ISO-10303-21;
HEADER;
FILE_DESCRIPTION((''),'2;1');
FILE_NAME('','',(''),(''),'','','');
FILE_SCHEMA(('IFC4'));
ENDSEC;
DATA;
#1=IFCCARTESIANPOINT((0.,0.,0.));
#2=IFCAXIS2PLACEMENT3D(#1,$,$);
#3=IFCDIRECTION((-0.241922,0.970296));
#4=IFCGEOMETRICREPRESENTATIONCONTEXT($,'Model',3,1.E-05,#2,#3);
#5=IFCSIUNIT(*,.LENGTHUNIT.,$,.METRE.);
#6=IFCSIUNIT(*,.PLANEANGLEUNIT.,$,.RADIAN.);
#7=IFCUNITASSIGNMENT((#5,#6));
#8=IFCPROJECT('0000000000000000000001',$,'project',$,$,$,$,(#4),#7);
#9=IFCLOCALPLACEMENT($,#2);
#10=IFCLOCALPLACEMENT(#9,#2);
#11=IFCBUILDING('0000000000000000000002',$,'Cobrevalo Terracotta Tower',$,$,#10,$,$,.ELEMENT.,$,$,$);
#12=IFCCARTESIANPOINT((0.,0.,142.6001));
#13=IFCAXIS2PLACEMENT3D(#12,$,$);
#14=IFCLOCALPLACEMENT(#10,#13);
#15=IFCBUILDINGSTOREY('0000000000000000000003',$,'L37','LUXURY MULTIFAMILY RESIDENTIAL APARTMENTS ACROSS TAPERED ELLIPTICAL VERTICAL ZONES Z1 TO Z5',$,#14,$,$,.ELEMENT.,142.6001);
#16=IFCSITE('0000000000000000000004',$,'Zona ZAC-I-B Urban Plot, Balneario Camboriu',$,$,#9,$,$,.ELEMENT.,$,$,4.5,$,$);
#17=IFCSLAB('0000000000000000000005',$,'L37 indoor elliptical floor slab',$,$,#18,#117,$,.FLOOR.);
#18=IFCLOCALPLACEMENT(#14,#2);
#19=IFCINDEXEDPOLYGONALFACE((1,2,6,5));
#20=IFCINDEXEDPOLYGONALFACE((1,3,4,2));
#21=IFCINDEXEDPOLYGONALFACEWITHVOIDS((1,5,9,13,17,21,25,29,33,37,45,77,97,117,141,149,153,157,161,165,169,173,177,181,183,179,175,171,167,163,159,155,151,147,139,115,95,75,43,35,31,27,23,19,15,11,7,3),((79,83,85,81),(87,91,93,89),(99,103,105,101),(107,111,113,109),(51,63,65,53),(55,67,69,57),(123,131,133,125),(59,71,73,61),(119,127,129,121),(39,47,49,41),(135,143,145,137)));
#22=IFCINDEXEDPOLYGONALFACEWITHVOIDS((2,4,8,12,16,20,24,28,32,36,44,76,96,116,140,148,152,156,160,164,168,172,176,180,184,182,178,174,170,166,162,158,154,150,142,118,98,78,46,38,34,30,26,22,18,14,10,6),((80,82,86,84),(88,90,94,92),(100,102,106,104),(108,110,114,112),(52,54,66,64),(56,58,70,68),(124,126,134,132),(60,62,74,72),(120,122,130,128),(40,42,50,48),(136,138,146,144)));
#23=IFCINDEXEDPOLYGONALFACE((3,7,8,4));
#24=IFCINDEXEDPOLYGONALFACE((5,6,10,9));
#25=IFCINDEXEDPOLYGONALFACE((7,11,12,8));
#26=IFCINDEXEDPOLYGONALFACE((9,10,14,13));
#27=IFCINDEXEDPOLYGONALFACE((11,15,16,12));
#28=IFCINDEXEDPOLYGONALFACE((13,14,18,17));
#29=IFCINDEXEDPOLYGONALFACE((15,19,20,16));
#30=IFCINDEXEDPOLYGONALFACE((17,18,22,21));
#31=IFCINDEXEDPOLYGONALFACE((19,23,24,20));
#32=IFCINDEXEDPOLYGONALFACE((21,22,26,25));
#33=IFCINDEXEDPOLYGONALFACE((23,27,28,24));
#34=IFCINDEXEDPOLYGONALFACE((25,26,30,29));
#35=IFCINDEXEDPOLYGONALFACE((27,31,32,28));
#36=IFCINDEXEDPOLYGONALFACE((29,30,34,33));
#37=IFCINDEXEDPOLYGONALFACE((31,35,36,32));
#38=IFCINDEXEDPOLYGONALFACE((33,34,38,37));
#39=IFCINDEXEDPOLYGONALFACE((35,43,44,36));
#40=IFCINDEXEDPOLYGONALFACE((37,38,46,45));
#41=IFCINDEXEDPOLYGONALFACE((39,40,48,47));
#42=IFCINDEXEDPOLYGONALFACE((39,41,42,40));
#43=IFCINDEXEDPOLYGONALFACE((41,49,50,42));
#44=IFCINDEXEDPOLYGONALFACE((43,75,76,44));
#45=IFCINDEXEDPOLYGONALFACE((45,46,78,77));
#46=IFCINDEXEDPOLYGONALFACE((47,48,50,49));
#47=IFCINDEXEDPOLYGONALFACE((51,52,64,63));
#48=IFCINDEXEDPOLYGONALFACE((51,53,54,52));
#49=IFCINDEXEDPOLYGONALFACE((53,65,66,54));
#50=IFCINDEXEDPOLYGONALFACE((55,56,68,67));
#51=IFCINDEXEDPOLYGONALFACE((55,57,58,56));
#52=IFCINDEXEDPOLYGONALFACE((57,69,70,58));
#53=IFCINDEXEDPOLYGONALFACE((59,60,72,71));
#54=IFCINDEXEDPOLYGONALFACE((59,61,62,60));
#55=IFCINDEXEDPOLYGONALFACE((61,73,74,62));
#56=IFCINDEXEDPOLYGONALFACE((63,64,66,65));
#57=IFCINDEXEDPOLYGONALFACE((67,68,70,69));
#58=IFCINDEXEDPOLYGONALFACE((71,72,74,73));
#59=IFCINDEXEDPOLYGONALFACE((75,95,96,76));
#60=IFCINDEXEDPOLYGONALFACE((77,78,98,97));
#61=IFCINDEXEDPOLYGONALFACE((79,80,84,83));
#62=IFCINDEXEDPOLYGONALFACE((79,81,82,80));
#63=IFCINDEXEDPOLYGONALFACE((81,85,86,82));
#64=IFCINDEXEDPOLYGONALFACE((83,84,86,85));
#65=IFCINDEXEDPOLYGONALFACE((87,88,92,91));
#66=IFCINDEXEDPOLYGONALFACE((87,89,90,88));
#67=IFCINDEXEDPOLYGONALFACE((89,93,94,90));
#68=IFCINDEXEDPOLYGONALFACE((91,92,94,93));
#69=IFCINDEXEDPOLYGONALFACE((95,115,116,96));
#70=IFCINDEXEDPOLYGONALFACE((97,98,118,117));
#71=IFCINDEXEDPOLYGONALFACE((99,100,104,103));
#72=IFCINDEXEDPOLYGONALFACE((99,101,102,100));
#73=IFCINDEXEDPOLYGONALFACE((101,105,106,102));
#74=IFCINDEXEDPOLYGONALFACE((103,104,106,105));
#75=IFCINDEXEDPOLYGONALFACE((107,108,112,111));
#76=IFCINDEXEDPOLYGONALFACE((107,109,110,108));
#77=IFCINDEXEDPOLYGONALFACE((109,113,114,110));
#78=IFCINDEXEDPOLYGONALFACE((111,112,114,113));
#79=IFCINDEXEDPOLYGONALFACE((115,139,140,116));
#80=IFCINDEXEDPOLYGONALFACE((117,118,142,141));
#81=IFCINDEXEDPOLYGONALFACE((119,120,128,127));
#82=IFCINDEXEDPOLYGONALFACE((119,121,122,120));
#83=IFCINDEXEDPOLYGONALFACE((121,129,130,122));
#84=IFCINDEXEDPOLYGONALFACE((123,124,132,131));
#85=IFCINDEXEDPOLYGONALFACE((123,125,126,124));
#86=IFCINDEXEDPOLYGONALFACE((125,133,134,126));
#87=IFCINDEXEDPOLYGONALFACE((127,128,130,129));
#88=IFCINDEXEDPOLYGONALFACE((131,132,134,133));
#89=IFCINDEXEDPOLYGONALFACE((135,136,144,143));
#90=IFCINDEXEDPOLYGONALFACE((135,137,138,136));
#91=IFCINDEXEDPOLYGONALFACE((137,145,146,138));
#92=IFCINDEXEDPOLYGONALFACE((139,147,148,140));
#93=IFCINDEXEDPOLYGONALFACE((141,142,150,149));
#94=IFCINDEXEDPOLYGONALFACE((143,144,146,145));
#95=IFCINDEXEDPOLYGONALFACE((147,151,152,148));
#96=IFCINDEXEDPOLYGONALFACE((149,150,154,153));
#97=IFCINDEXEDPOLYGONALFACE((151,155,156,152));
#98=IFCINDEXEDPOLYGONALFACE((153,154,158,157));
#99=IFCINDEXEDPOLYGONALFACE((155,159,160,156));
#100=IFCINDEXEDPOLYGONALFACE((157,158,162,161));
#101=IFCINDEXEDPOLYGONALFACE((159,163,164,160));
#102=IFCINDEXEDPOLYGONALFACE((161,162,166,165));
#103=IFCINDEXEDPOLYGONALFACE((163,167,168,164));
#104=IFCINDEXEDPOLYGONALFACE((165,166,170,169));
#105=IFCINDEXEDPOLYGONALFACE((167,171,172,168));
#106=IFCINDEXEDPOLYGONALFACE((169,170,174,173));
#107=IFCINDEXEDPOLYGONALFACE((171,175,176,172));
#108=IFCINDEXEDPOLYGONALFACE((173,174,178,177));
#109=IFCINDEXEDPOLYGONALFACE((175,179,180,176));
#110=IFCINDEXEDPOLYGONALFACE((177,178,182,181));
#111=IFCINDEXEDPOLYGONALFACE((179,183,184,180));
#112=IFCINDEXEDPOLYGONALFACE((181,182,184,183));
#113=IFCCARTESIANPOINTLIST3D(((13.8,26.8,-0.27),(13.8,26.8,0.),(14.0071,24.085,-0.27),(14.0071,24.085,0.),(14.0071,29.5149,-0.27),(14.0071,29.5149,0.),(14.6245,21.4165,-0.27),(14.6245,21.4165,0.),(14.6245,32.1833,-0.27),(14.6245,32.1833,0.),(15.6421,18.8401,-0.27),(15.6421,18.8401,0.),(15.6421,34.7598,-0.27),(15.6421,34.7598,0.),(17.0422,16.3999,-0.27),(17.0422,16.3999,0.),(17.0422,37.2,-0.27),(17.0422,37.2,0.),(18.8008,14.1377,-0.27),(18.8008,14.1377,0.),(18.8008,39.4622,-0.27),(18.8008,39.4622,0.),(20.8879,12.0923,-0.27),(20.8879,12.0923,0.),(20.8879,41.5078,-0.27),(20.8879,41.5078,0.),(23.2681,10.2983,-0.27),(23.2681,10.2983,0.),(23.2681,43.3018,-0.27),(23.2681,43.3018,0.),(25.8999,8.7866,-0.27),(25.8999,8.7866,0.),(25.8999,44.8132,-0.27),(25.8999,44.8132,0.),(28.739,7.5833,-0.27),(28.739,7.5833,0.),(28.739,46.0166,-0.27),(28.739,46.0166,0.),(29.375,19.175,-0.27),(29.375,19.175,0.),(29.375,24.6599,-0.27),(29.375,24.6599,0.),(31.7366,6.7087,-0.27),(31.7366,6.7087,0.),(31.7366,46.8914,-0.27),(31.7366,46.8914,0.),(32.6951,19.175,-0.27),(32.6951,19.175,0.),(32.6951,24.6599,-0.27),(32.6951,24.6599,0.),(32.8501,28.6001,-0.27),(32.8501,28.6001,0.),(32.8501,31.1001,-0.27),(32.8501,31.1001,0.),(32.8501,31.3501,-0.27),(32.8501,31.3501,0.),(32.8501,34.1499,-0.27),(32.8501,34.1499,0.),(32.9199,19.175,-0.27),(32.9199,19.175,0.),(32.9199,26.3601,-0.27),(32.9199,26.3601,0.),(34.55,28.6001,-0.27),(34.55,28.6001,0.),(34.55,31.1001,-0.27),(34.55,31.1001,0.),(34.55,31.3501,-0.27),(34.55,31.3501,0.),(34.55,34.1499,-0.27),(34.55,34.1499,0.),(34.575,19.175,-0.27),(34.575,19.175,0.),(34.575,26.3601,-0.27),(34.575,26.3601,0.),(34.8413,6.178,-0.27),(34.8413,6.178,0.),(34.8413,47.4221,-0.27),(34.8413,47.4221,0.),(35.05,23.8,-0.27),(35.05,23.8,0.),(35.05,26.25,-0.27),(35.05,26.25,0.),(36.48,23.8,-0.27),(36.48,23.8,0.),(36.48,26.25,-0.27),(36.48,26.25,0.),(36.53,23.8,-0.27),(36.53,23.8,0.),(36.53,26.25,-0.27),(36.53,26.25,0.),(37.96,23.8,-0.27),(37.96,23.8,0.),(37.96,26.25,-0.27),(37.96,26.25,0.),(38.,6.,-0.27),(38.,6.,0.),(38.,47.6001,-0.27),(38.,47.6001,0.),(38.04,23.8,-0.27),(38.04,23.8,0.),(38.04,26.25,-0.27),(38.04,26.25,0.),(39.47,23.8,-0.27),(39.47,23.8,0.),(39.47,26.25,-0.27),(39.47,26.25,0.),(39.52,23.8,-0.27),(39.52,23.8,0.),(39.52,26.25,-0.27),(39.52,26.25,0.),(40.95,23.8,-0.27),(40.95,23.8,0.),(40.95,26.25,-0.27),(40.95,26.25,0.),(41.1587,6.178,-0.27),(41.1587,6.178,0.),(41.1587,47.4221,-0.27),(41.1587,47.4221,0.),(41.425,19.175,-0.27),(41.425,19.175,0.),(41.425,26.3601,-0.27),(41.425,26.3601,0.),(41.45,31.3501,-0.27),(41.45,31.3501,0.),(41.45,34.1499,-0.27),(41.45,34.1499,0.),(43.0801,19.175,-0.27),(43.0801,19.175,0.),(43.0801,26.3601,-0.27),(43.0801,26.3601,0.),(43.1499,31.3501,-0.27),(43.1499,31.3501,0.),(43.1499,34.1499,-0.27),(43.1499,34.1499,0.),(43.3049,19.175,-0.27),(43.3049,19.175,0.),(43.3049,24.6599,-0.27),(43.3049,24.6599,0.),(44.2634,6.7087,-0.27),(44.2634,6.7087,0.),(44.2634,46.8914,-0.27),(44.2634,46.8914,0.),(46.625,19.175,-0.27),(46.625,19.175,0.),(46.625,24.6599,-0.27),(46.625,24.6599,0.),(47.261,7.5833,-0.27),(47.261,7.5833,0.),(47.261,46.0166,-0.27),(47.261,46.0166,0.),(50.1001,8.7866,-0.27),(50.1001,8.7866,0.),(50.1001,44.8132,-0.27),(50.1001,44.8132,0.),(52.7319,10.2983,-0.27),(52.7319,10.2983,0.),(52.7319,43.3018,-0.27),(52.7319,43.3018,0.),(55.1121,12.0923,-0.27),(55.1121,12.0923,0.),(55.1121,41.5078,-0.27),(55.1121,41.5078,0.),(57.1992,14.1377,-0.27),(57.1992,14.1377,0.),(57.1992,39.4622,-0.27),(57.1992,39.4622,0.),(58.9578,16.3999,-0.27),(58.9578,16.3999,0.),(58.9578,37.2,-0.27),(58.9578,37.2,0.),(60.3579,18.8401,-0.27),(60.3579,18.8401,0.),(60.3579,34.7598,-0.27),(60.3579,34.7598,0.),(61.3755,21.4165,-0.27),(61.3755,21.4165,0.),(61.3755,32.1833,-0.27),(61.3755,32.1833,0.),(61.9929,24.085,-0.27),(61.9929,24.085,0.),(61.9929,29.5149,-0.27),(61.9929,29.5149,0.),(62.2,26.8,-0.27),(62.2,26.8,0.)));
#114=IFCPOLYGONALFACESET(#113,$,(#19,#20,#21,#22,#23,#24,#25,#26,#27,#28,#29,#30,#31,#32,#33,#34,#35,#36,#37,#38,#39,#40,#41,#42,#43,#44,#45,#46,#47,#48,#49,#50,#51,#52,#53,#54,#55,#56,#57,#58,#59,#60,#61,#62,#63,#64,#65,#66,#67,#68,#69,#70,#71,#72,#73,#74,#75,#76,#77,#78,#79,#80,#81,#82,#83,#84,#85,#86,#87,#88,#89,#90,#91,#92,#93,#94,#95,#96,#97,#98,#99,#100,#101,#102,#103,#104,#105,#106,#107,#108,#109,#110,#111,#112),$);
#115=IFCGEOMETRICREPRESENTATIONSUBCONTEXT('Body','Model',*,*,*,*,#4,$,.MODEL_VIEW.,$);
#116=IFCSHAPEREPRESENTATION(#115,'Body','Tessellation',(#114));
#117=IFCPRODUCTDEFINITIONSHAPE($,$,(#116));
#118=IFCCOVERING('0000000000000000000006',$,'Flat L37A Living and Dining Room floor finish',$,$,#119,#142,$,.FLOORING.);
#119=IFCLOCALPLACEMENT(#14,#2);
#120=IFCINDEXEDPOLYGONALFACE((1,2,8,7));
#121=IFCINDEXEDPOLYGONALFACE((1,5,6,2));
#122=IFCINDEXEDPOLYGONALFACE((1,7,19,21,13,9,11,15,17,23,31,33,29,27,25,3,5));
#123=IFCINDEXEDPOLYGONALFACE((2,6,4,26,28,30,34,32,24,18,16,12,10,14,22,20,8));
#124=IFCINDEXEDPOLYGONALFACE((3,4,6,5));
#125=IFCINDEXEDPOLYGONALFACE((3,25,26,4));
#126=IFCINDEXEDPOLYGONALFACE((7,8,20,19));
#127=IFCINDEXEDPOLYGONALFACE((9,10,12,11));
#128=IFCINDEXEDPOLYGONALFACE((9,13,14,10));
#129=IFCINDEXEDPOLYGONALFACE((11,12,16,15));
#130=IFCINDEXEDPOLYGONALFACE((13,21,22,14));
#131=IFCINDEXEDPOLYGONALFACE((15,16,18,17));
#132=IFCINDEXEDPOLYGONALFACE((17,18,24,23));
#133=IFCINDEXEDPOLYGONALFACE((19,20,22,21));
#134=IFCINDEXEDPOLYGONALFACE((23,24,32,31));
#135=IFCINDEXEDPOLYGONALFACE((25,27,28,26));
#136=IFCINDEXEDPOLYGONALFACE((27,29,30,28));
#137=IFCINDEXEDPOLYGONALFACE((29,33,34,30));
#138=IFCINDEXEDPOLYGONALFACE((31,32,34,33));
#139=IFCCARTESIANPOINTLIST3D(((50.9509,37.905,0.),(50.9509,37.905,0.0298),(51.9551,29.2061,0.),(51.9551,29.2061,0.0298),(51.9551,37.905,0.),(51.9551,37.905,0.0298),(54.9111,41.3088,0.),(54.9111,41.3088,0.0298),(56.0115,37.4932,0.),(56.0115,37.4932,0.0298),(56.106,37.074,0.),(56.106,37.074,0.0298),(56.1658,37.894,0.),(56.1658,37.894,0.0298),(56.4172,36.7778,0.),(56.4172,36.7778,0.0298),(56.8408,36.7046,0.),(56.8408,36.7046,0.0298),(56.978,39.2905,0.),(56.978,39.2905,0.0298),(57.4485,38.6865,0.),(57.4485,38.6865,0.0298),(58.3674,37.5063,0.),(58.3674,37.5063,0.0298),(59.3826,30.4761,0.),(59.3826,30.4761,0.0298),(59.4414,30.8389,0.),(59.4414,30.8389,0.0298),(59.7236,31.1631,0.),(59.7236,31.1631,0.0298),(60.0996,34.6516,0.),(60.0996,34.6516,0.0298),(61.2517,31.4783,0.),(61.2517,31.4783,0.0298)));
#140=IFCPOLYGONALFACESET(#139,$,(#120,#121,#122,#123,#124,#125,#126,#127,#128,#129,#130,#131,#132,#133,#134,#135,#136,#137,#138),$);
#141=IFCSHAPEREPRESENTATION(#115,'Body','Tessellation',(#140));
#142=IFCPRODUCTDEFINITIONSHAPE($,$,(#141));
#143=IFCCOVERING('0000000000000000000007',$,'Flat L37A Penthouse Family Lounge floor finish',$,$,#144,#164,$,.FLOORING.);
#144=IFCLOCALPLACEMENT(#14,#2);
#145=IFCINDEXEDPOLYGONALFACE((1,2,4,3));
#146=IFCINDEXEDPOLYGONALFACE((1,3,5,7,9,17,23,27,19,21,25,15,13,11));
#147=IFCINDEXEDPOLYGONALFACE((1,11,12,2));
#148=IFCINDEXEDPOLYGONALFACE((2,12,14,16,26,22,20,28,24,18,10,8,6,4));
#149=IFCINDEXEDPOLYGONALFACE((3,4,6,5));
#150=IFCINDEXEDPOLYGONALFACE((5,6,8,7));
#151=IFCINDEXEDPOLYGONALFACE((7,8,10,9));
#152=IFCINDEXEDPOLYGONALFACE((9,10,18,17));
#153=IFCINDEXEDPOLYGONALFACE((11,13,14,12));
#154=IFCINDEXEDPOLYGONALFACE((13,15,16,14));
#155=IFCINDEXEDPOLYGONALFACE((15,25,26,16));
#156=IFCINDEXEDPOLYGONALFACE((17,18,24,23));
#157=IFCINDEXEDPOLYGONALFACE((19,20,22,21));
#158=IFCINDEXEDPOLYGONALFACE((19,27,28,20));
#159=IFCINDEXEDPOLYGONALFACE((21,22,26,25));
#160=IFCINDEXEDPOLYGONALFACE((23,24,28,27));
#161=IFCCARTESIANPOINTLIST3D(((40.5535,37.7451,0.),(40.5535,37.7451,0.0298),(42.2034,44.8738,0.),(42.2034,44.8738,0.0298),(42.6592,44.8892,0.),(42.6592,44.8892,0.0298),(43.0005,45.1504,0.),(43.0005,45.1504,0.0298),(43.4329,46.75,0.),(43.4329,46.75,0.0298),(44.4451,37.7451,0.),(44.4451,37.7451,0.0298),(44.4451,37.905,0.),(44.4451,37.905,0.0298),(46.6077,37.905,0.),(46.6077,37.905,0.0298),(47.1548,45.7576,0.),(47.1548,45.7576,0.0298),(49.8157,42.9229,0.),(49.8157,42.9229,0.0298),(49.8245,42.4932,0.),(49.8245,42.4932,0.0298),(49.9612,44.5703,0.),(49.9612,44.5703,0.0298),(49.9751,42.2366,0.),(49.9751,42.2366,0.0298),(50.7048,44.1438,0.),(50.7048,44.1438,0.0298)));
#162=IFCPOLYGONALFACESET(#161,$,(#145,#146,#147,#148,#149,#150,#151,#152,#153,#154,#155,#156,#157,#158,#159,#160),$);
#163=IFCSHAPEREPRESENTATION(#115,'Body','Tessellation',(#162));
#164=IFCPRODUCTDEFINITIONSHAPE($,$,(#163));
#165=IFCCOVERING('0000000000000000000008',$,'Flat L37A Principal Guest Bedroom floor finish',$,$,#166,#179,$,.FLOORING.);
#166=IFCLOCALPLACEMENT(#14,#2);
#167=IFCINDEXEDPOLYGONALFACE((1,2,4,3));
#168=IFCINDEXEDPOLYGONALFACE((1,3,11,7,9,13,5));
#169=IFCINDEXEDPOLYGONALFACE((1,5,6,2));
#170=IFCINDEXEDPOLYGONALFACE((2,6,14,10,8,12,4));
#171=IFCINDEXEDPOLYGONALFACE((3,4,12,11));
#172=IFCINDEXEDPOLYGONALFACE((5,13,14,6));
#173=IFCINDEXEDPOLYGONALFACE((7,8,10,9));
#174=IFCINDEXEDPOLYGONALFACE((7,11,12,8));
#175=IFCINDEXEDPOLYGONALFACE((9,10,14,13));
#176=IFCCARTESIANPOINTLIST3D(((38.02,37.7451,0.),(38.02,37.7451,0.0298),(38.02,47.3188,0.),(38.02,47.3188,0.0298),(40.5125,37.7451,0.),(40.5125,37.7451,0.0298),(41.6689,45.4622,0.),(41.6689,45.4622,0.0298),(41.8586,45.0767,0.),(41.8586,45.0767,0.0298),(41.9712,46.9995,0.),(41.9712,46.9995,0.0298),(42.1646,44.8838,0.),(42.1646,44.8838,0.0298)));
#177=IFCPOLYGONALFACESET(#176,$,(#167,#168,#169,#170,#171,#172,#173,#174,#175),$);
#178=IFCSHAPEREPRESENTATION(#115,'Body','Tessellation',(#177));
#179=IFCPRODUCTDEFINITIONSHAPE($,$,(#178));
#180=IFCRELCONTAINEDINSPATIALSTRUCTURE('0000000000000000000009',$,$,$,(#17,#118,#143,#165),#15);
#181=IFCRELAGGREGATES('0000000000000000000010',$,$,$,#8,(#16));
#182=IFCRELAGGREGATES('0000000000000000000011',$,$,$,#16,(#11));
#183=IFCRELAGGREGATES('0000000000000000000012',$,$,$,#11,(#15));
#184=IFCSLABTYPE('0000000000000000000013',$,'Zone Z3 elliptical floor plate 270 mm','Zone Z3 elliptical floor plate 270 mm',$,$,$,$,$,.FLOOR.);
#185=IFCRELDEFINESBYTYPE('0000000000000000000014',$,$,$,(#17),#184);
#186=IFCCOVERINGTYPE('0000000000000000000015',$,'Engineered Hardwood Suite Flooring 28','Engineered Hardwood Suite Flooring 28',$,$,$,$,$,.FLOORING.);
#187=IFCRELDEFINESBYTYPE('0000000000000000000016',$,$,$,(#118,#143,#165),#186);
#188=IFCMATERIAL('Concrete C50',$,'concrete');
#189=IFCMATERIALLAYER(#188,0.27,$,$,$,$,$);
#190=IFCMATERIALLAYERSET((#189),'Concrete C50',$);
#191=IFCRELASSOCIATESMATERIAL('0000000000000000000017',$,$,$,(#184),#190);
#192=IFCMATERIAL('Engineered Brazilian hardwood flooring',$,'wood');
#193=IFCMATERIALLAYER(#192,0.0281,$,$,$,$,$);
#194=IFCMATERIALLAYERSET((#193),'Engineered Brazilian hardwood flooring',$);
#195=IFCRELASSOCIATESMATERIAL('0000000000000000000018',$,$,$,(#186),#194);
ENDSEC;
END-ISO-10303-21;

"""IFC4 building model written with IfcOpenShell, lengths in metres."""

from ifc_helpers import new_model, si_unit, direction, frame, origin, place, context, subcontext, project, spatial, polyline, outline, extrude, material, layer, layer_set, type_object, element, save


model = new_model("IFC4")

# Units and contexts
model_context = context("Model", 3, precision=1e-05, world=origin(), true_north=direction((-0.241922, 0.970296)))
body_context = subcontext(model_context, "Body", "Model", "MODEL_VIEW")
ifc_project = project(units=[si_unit("LENGTHUNIT", "METRE"), si_unit("PLANEANGLEUNIT", "RADIAN")], contexts=[model_context])

# Site, building, storey
site_placement = place(None, origin())
site = spatial("IfcSite", under=ifc_project, at=site_placement, Name="Zona ZAC-I-B Urban Plot, Balneario Camboriu", CompositionType="ELEMENT", RefElevation=4.5)
building_placement = place(site_placement, origin())
building = spatial("IfcBuilding", under=site, at=building_placement, Name="Cobrevalo Terracotta Tower", CompositionType="ELEMENT")
storey_placement = place(building_placement, frame((0.0, 0.0, 142.6001)))
storey = spatial("IfcBuildingStorey", under=building, at=storey_placement, Name="L37", Description="LUXURY MULTIFAMILY RESIDENTIAL APARTMENTS ACROSS TAPERED ELLIPTICAL VERTICAL ZONES Z1 TO Z5", CompositionType="ELEMENT", Elevation=142.6001)

# Shared definitions
ifc_material_1 = material(Name="Concrete C50", Category="concrete")

# Slab
ifc_layer_1 = layer(ifc_material_1, 0.27)
ifc_layer_set_1 = layer_set([ifc_layer_1], Name="Concrete C50")
slab_type_1 = type_object("IfcSlabType", Name="Zone Z3 elliptical floor plate 270 mm", Description="Zone Z3 elliptical floor plate 270 mm", PredefinedType="FLOOR", material=ifc_layer_set_1)
slab_1_placement = place(storey_placement, frame((0.0, 0.0, -0.27)))
element("IfcSlab", 1, at=slab_1_placement, inside=storey, type_object=slab_type_1, Name="L37 indoor elliptical floor slab", PredefinedType="FLOOR", context=body_context, shape_type="SweptSolid", body=[
    extrude(outline(polyline([(61.9929, 24.085), (61.3755, 21.4165), (60.3579, 18.8401), (58.9578, 16.3999), (57.1992, 14.1377), (55.1121, 12.0923), (52.7319, 10.2983), (50.1001, 8.7866), (47.261, 7.5833), (44.2634, 6.7087), (41.1587, 6.178), (38.0, 6.0), (34.8413, 6.178), (31.7366, 6.7087), (28.739, 7.5833), (25.8999, 8.7866), (23.2681, 10.2983), (20.8879, 12.0923), (18.8008, 14.1377), (17.0422, 16.3999), (15.6421, 18.8401), (14.6245, 21.4165), (14.0071, 24.085), (13.8, 26.8), (14.0071, 29.5149), (14.6245, 32.1833), (15.6421, 34.7598), (17.0422, 37.2), (18.8008, 39.4622), (20.8879, 41.5078), (23.2681, 43.3018), (25.8999, 44.8132), (28.739, 46.0166), (31.7366, 46.8914), (34.8413, 47.4221), (38.0, 47.6001), (41.1587, 47.4221), (44.2634, 46.8914), (47.261, 46.0166), (50.1001, 44.8132), (52.7319, 43.3018), (55.1121, 41.5078), (57.1992, 39.4622), (58.9578, 37.2), (60.3579, 34.7598), (61.3755, 32.1833), (61.9929, 29.5149), (62.2, 26.8), (61.9929, 24.085)]), holes=[polyline([(32.6951, 19.175), (32.6951, 24.6599), (29.375, 24.6599), (29.375, 19.175), (32.6951, 19.175)]), polyline([(34.575, 26.3601), (32.9199, 26.3601), (32.9199, 19.175), (34.575, 19.175), (34.575, 26.3601)]), polyline([(36.48, 26.25), (35.05, 26.25), (35.05, 23.8), (36.48, 23.8), (36.48, 26.25)]), polyline([(37.96, 23.8), (37.96, 26.25), (36.53, 26.25), (36.53, 23.8), (37.96, 23.8)]), polyline([(34.55, 28.6001), (34.55, 31.1001), (32.8501, 31.1001), (32.8501, 28.6001), (34.55, 28.6001)]), polyline([(34.55, 34.1499), (32.8501, 34.1499), (32.8501, 31.3501), (34.55, 31.3501), (34.55, 34.1499)]), polyline([(43.3049, 19.175), (46.625, 19.175), (46.625, 24.6599), (43.3049, 24.6599), (43.3049, 19.175)]), polyline([(43.0801, 19.175), (43.0801, 26.3601), (41.425, 26.3601), (41.425, 19.175), (43.0801, 19.175)]), polyline([(39.47, 26.25), (38.04, 26.25), (38.04, 23.8), (39.47, 23.8), (39.47, 26.25)]), polyline([(40.95, 23.8), (40.95, 26.25), (39.52, 26.25), (39.52, 23.8), (40.95, 23.8)]), polyline([(43.1499, 31.3501), (43.1499, 34.1499), (41.45, 34.1499), (41.45, 31.3501), (43.1499, 31.3501)])]), origin(), (0.0, 0.0, 1.0), 0.27),
])

# Coverings
ifc_material_2 = material(Name="Engineered Brazilian hardwood flooring", Category="wood")
ifc_layer_2 = layer(ifc_material_2, 0.0281)
ifc_layer_set_2 = layer_set([ifc_layer_2], Name="Engineered Brazilian hardwood flooring")
covering_type_1 = type_object("IfcCoveringType", Name="Engineered Hardwood Suite Flooring 28", Description="Engineered Hardwood Suite Flooring 28", PredefinedType="FLOORING", material=ifc_layer_set_2)
covering_1_placement = place(storey_placement, origin())
element("IfcCovering", 2, at=covering_1_placement, inside=storey, type_object=covering_type_1, Name="Flat L37A Living and Dining Room floor finish", PredefinedType="FLOORING", context=body_context, shape_type="SweptSolid", body=[
    extrude(outline(polyline([(56.978, 39.2905), (57.4485, 38.6865), (56.1658, 37.894), (56.0115, 37.4932), (56.106, 37.074), (56.4172, 36.7778), (56.8408, 36.7046), (58.3674, 37.5063), (60.0996, 34.6516), (61.2517, 31.4783), (59.7236, 31.1631), (59.4414, 30.8389), (59.3826, 30.4761), (51.9551, 29.2061), (51.9551, 37.905), (50.9509, 37.905), (54.9111, 41.3088), (56.978, 39.2905)])), origin(), (0.0, 0.0, 1.0), 0.0298),
])
covering_2_placement = place(storey_placement, origin())
element("IfcCovering", 3, at=covering_2_placement, inside=storey, type_object=covering_type_1, Name="Flat L37A Penthouse Family Lounge floor finish", PredefinedType="FLOORING", context=body_context, shape_type="SweptSolid", body=[
    extrude(outline(polyline([(49.9612, 44.5703), (50.7048, 44.1438), (49.8157, 42.9229), (49.8245, 42.4932), (49.9751, 42.2366), (46.6077, 37.905), (44.4451, 37.905), (44.4451, 37.7451), (40.5535, 37.7451), (42.2034, 44.8738), (42.6592, 44.8892), (43.0005, 45.1504), (43.4329, 46.75), (47.1548, 45.7576), (49.9612, 44.5703)])), origin(), (0.0, 0.0, 1.0), 0.0298),
])
covering_3_placement = place(storey_placement, origin())
element("IfcCovering", 4, at=covering_3_placement, inside=storey, type_object=covering_type_1, Name="Flat L37A Principal Guest Bedroom floor finish", PredefinedType="FLOORING", context=body_context, shape_type="SweptSolid", body=[
    extrude(outline(polyline([(38.02, 47.3188), (41.9712, 46.9995), (41.6689, 45.4622), (41.8586, 45.0767), (42.1646, 44.8838), (40.5125, 37.7451), (38.02, 37.7451), (38.02, 47.3188)])), origin(), (0.0, 0.0, 1.0), 0.0298),
])

save(model, "model.ifc")
